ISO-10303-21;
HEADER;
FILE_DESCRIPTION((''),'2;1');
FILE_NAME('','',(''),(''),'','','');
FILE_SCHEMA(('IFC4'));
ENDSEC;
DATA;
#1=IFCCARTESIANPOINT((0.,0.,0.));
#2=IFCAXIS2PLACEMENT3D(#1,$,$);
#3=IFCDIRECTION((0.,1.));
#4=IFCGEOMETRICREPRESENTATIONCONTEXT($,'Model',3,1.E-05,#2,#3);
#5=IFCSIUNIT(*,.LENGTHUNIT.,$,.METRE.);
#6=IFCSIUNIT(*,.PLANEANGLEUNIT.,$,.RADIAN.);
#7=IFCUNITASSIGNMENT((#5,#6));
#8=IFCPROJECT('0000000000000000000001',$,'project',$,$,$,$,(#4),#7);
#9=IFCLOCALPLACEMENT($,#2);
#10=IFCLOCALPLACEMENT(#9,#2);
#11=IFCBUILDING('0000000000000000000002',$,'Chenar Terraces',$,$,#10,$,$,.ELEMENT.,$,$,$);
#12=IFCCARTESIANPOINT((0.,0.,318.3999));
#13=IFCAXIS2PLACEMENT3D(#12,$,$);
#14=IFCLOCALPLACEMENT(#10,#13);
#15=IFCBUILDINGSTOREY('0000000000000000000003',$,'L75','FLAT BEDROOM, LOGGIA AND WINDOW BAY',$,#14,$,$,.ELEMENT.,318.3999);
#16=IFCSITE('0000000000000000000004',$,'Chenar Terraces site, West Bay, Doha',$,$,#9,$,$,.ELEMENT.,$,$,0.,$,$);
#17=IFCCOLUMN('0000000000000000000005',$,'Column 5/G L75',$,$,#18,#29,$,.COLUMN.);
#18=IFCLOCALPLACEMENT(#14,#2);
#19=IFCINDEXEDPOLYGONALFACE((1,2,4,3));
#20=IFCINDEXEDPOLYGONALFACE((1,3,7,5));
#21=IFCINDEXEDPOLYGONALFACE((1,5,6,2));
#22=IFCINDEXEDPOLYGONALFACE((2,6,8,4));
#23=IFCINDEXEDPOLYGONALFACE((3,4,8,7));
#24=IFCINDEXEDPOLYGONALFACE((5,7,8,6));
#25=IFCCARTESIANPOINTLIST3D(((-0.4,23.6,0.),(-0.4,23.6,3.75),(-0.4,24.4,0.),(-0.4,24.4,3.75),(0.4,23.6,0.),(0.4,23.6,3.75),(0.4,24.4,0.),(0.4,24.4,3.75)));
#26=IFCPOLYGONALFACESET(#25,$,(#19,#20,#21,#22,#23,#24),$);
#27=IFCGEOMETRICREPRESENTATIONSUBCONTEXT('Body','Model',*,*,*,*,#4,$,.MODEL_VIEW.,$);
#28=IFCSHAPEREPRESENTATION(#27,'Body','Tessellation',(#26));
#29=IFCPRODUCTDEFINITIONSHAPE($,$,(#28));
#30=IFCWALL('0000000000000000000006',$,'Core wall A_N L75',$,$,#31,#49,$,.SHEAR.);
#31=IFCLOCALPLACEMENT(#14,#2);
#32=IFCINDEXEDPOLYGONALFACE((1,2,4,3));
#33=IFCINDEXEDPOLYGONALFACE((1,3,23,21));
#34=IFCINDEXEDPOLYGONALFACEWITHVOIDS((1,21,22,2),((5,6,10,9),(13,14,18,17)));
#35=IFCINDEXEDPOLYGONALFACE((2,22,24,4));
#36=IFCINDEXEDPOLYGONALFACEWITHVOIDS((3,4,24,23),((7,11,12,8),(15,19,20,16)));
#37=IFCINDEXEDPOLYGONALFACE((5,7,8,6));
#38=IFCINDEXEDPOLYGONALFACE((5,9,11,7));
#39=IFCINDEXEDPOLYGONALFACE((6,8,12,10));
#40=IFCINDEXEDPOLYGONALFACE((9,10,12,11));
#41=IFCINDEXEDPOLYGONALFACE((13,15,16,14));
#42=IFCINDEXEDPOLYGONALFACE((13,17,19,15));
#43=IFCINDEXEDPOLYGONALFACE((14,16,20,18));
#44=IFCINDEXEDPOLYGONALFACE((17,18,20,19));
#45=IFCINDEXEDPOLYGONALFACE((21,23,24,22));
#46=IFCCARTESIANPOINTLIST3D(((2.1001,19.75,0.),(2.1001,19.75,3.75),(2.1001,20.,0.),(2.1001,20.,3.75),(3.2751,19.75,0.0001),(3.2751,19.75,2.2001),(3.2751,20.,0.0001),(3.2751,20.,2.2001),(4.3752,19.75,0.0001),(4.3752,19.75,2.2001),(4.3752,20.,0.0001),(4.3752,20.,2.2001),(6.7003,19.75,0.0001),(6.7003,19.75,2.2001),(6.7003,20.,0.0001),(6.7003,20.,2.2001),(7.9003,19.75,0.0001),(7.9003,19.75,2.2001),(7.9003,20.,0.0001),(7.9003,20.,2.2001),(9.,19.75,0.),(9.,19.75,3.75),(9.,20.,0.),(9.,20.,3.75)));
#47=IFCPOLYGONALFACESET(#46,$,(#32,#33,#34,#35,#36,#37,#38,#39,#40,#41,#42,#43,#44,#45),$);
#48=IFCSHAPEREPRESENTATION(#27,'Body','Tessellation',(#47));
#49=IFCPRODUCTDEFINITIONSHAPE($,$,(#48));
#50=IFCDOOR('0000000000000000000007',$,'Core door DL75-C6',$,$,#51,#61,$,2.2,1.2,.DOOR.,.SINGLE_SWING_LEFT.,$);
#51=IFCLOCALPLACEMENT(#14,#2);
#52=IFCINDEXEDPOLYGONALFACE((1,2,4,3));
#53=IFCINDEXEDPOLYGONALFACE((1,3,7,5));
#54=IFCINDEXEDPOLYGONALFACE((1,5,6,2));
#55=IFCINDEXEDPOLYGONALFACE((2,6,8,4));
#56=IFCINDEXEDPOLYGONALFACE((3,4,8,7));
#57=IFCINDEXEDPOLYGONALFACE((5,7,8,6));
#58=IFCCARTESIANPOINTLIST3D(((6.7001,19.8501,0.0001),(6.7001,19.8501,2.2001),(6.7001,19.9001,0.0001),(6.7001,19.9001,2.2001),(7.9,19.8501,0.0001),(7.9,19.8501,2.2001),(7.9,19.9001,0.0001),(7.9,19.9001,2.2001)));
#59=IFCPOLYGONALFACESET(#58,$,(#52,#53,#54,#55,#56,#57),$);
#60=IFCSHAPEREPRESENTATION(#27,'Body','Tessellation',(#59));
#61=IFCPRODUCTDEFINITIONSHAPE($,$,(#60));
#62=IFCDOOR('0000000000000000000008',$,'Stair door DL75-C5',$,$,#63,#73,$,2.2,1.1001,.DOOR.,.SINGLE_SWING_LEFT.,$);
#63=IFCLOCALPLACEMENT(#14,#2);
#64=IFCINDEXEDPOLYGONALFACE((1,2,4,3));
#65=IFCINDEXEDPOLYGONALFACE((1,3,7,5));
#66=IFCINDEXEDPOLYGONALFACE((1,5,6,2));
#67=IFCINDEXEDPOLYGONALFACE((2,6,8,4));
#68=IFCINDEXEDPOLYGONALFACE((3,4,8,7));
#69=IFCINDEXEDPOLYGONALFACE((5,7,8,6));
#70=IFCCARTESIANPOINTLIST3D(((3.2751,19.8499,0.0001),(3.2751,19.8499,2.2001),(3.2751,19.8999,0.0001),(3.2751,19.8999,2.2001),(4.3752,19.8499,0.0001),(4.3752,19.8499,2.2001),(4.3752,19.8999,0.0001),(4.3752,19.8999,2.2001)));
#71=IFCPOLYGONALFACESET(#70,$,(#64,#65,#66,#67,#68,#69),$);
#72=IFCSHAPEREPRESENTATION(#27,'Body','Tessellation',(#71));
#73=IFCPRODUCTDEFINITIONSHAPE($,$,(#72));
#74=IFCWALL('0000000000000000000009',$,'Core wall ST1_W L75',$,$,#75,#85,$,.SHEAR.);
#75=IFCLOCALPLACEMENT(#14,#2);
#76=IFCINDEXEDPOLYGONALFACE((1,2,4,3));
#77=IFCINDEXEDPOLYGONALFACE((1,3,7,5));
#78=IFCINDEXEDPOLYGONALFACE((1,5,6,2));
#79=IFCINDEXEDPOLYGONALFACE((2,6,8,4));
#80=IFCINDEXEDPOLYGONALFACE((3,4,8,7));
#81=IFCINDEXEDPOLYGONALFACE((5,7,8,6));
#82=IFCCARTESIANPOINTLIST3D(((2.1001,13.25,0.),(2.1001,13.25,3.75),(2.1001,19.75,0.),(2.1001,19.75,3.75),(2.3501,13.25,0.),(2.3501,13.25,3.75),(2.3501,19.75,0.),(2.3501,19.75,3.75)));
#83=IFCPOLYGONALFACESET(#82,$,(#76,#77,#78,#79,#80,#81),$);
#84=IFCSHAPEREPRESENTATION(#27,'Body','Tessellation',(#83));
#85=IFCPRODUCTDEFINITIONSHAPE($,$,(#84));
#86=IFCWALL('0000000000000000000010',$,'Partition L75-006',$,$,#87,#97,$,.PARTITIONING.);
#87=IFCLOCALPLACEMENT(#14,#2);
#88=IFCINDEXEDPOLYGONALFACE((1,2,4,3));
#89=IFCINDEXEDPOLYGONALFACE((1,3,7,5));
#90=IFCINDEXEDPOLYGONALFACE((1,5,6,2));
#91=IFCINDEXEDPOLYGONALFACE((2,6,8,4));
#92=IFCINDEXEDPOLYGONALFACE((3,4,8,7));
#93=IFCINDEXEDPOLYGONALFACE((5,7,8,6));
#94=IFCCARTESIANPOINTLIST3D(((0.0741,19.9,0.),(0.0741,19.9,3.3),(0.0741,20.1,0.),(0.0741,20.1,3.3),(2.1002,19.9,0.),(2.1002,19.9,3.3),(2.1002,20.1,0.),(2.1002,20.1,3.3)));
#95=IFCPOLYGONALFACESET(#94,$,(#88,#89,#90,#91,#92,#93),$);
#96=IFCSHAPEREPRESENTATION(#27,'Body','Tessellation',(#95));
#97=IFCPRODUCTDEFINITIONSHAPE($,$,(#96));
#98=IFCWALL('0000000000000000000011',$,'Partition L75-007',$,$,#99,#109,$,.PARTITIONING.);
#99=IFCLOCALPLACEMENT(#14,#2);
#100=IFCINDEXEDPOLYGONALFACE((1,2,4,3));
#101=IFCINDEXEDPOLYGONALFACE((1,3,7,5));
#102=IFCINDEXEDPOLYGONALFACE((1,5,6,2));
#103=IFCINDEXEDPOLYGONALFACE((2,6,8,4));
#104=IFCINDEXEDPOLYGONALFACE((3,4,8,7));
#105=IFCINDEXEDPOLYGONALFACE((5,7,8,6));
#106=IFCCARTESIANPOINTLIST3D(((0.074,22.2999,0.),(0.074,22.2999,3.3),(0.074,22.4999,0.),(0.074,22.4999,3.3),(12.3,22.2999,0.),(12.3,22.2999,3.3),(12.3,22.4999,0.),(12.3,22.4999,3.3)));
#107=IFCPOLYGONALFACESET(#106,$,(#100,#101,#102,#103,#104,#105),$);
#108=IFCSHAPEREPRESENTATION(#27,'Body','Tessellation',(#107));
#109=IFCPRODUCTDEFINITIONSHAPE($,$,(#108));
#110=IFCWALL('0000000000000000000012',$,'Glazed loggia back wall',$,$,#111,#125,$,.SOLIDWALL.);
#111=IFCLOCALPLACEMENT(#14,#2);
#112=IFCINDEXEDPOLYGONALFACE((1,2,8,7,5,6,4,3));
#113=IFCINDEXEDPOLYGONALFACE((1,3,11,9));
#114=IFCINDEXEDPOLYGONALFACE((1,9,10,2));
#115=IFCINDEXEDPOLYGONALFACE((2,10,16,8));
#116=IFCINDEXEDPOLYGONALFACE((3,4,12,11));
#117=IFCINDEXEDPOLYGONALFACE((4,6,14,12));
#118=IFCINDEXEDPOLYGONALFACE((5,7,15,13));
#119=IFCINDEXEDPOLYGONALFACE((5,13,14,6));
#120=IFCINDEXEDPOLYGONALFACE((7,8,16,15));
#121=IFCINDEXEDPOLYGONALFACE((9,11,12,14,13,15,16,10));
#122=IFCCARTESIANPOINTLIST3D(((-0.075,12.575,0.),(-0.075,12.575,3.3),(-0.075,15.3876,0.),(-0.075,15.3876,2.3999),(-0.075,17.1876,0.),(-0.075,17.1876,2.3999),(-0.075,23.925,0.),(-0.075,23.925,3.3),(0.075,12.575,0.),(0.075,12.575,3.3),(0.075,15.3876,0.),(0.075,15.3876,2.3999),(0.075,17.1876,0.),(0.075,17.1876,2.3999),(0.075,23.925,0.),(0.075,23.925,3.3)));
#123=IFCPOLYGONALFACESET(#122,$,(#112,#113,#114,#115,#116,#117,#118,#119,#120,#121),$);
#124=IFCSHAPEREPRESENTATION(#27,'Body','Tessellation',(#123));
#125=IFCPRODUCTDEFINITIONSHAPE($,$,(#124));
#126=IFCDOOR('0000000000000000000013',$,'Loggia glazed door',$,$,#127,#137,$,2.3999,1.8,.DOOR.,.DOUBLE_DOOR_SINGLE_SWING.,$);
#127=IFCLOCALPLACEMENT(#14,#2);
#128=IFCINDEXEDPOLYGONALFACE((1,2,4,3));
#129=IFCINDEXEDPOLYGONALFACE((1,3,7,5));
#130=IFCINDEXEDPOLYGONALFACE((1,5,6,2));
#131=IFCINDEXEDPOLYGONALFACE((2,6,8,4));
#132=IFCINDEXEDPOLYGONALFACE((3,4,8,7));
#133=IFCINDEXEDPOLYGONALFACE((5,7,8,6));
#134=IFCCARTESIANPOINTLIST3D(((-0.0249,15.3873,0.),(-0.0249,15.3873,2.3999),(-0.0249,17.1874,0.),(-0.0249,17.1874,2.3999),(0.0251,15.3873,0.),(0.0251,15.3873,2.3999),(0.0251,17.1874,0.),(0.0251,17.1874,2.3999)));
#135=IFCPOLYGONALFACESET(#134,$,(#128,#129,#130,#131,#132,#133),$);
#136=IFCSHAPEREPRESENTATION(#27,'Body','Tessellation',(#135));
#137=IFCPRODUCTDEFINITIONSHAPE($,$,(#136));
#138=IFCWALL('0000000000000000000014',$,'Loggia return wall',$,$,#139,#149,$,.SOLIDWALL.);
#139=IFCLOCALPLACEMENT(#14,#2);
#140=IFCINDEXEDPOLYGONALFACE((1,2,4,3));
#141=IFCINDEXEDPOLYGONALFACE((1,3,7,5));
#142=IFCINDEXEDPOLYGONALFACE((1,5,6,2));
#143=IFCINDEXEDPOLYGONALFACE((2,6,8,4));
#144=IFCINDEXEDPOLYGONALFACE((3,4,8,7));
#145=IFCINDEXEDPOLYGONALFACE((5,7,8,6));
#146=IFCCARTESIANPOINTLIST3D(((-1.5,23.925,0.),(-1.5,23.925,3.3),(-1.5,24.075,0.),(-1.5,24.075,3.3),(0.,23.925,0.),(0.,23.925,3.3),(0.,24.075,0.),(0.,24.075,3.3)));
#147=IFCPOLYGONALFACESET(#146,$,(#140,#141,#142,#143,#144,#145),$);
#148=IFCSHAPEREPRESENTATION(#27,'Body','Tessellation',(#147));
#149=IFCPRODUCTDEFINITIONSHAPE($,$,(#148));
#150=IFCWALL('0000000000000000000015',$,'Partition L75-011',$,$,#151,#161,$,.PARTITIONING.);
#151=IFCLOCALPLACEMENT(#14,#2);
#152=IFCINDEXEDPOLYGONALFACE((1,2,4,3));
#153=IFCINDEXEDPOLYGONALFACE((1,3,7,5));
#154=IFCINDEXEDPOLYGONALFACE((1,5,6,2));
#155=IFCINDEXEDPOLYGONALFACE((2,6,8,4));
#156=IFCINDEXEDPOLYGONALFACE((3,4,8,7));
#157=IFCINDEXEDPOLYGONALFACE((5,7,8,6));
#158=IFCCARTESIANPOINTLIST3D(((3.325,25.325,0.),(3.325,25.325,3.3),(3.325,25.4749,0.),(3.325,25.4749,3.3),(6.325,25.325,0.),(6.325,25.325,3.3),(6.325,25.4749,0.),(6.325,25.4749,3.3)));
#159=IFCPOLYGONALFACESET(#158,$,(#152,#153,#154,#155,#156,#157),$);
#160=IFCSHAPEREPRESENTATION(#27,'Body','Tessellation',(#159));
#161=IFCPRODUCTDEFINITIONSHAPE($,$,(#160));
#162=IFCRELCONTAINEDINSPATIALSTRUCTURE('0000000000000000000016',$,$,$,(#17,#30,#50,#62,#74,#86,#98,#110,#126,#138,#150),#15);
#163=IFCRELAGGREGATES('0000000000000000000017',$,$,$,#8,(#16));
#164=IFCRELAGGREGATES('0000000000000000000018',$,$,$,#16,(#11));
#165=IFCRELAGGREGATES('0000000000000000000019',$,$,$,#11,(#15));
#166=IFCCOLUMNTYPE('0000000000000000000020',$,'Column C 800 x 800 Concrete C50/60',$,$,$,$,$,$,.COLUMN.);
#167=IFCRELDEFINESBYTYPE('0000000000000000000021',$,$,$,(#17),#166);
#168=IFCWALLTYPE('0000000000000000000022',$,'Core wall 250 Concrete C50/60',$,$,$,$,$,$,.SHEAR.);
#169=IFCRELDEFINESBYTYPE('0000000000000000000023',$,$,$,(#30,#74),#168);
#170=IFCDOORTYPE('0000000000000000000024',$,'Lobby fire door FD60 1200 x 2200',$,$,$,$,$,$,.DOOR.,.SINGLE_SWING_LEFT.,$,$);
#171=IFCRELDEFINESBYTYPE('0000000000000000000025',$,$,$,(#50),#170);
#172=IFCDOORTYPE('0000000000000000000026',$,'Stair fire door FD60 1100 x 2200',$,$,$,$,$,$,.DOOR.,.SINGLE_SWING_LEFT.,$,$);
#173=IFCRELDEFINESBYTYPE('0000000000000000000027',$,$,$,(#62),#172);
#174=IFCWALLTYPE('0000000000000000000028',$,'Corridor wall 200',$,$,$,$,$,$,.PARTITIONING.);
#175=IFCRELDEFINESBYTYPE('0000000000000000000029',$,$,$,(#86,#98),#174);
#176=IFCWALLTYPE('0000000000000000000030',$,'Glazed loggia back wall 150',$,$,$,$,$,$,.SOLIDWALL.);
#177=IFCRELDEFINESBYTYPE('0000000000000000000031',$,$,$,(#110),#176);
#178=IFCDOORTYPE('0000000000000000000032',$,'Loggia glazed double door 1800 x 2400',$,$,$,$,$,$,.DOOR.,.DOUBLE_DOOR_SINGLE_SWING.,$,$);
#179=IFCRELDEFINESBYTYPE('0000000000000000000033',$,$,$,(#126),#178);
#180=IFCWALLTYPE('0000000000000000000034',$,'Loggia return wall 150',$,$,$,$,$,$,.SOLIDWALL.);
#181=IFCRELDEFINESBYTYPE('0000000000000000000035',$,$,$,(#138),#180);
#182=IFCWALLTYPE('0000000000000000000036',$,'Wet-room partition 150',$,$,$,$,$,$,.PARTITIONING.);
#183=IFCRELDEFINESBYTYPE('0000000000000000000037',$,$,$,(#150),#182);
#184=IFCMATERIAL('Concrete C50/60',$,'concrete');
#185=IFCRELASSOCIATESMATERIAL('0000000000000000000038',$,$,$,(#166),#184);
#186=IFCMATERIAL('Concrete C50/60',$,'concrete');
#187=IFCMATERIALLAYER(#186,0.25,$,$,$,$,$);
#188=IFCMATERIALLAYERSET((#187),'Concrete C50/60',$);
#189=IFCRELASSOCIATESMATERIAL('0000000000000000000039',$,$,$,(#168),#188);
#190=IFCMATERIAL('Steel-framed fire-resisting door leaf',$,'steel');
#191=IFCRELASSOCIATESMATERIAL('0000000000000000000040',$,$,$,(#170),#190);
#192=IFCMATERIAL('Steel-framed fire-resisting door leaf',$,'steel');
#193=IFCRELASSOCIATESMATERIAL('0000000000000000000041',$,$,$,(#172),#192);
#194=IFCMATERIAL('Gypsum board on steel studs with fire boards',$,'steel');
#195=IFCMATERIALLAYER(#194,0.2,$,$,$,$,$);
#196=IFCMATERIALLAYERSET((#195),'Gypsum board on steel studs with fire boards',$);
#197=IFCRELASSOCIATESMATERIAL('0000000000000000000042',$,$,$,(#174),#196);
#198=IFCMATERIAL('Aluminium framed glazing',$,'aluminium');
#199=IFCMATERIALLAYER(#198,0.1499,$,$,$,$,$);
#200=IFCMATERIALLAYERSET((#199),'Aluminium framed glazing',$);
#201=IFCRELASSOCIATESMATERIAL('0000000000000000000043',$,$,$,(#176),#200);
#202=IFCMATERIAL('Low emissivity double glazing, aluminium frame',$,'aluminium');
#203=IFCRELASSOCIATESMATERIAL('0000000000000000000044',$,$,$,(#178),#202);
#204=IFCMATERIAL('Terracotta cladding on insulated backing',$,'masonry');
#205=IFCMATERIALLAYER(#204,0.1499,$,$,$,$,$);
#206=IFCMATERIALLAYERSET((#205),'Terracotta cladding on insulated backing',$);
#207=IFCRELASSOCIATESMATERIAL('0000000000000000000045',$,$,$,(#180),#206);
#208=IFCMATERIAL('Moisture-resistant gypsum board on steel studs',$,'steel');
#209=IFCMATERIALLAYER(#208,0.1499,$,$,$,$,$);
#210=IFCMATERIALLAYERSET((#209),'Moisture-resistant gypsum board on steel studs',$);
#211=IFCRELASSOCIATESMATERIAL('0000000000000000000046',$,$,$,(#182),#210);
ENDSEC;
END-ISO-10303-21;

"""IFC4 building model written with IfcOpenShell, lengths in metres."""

from ifc_helpers import new_model, si_unit, direction, frame, frame_2d, origin, origin_2d, place, context, subcontext, project, spatial, rectangle, extrude, material, layer, layer_set, material_profile, profile_set, type_object, element, fill, save


model = new_model("IFC4")

# Units and contexts
model_context = context("Model", 3, precision=1e-05, world=origin(), true_north=direction((0.0, 1.0)))
body_context = subcontext(model_context, "Body", "Model", "MODEL_VIEW")
ifc_project = project(units=[si_unit("LENGTHUNIT", "METRE"), si_unit("PLANEANGLEUNIT", "RADIAN")], contexts=[model_context])

# Site, building, storey
site_placement = place(None, origin())
site = spatial("IfcSite", under=ifc_project, at=site_placement, Name="Chenar Terraces site, West Bay, Doha", CompositionType="ELEMENT", RefElevation=0.0)
building_placement = place(site_placement, origin())
building = spatial("IfcBuilding", under=site, at=building_placement, Name="Chenar Terraces", CompositionType="ELEMENT")
storey_placement = place(building_placement, frame((0.0, 0.0, 318.3999)))
storey = spatial("IfcBuildingStorey", under=building, at=storey_placement, Name="L75", Description="FLAT BEDROOM, LOGGIA AND WINDOW BAY", CompositionType="ELEMENT", Elevation=318.3999)

# Column
ifc_material_1 = material(Name="Concrete C50/60", Category="concrete")
ifc_material_profile = material_profile(ifc_material_1, rectangle(XDim=0.8, YDim=0.8, at=origin_2d()), Name="C 800 x 800")
ifc_profile_set = profile_set([ifc_material_profile], Name="Concrete C50/60")
column_type = type_object("IfcColumnType", Name="Column C 800 x 800 Concrete C50/60", PredefinedType="COLUMN", material=ifc_profile_set)
column_placement = place(storey_placement, frame((0.0, 24.0, 0.0), z_axis=(0.0, 0.0, 1.0), x_axis=(1.0, 0.0, 0.0)))
element("IfcColumn", 1, at=column_placement, inside=storey, type_object=column_type, Name="Column 5/G L75", PredefinedType="COLUMN", context=body_context, shape_type="SweptSolid", body=[
    extrude(rectangle(XDim=0.8, YDim=0.8, at=origin_2d()), origin(), (0.0, 0.0, 1.0), 3.75),
])

# Wall, openings, doors
ifc_material_2 = material(Name="Concrete C50/60", Category="concrete")
ifc_layer_1 = layer(ifc_material_2, 0.25)
ifc_layer_set_1 = layer_set([ifc_layer_1], Name="Concrete C50/60")
wall_type_1 = type_object("IfcWallType", Name="Core wall 250 Concrete C50/60", PredefinedType="SHEAR", material=ifc_layer_set_1)
wall_1_placement = place(storey_placement, frame((2.1001, 19.875, 0.0), z_axis=(0.0, 0.0, 1.0), x_axis=(1.0, 0.0, 0.0)))
wall_1 = element("IfcWall", 2, at=wall_1_placement, inside=storey, type_object=wall_type_1, Name="Core wall A_N L75", PredefinedType="SHEAR", context=body_context, shape_type="SweptSolid", body=[
    extrude(rectangle(XDim=6.8999, YDim=0.25, at=frame_2d((3.45, 0.0))), origin(), (0.0, 0.0, 1.0), 3.75),
])
opening_1_placement = place(wall_1_placement, frame((1.175, 0.0, 0.0)))
opening_1 = element("IfcOpeningElement", 3, at=opening_1_placement, cuts=wall_1, PredefinedType="OPENING", context=body_context, shape_type="SweptSolid", body=[
    extrude(rectangle(XDim=1.1001, YDim=2.2, at=frame_2d((0.55, 1.1001))), frame((0.0, 0.135, 0.0), z_axis=(0.0, -1.0, 0.0), x_axis=(1.0, 0.0, 0.0)), (0.0, 0.0, 1.0), 0.27),
])
opening_2_placement = place(wall_1_placement, frame((4.6001, 0.0, 0.0)))
opening_2 = element("IfcOpeningElement", 4, at=opening_2_placement, cuts=wall_1, PredefinedType="OPENING", context=body_context, shape_type="SweptSolid", body=[
    extrude(rectangle(XDim=1.2, YDim=2.2, at=frame_2d((0.6001, 1.1001))), frame((0.0, 0.135, 0.0), z_axis=(0.0, -1.0, 0.0), x_axis=(1.0, 0.0, 0.0)), (0.0, 0.0, 1.0), 0.27),
])
ifc_material_3 = material(Name="Steel-framed fire-resisting door leaf", Category="steel")
door_type_1 = type_object("IfcDoorType", Name="Lobby fire door FD60 1200 x 2200", OperationType="SINGLE_SWING_LEFT", PredefinedType="DOOR", material=ifc_material_3)
door_1_placement = place(opening_2_placement, frame((1.2, 0.0, 0.0), z_axis=(0.0, 0.0, 1.0), x_axis=(-1.0, 0.0, 0.0)))
door_1 = element("IfcDoor", 5, at=door_1_placement, inside=storey, type_object=door_type_1, Name="Core door DL75-C6", OperationType="SINGLE_SWING_LEFT", OverallHeight=2.2, OverallWidth=1.2, PredefinedType="DOOR", context=body_context, shape_type="SweptSolid", body=[
    extrude(rectangle(XDim=1.2, YDim=2.2, at=frame_2d((0.6001, 1.1001))), frame((0.0, 0.0249, 0.0), z_axis=(0.0, -1.0, 0.0), x_axis=(1.0, 0.0, 0.0)), (0.0, 0.0, 1.0), 0.05),
])
fill(opening_2, door_1)
ifc_material_4 = material(Name="Steel-framed fire-resisting door leaf", Category="steel")
door_type_2 = type_object("IfcDoorType", Name="Stair fire door FD60 1100 x 2200", OperationType="SINGLE_SWING_LEFT", PredefinedType="DOOR", material=ifc_material_4)
door_2_placement = place(opening_1_placement, origin())
door_2 = element("IfcDoor", 6, at=door_2_placement, inside=storey, type_object=door_type_2, Name="Stair door DL75-C5", OperationType="SINGLE_SWING_LEFT", OverallHeight=2.2, OverallWidth=1.1001, PredefinedType="DOOR", context=body_context, shape_type="SweptSolid", body=[
    extrude(rectangle(XDim=1.1001, YDim=2.2, at=frame_2d((0.55, 1.1001))), frame((0.0, 0.0249, 0.0), z_axis=(0.0, -1.0, 0.0), x_axis=(1.0, 0.0, 0.0)), (0.0, 0.0, 1.0), 0.05),
])
fill(opening_1, door_2)

# Walls
wall_2_placement = place(storey_placement, frame((2.2251, 13.25, 0.0), z_axis=(0.0, 0.0, 1.0), x_axis=(0.0, 1.0, 0.0)))
element("IfcWall", 7, at=wall_2_placement, inside=storey, type_object=wall_type_1, Name="Core wall ST1_W L75", PredefinedType="SHEAR", context=body_context, shape_type="SweptSolid", body=[
    extrude(rectangle(XDim=6.5, YDim=0.25, at=frame_2d((3.25, 0.0))), origin(), (0.0, 0.0, 1.0), 3.75),
])
ifc_material_5 = material(Name="Gypsum board on steel studs with fire boards", Category="steel")
ifc_layer_2 = layer(ifc_material_5, 0.2)
ifc_layer_set_2 = layer_set([ifc_layer_2], Name="Gypsum board on steel studs with fire boards")
wall_type_2 = type_object("IfcWallType", Name="Corridor wall 200", PredefinedType="PARTITIONING", material=ifc_layer_set_2)
wall_3_placement = place(storey_placement, frame((0.074, 20.0, 0.0), z_axis=(0.0, 0.0, 1.0), x_axis=(1.0, 0.0, 0.0)))
element("IfcWall", 8, at=wall_3_placement, inside=storey, type_object=wall_type_2, Name="Partition L75-006", PredefinedType="PARTITIONING", context=body_context, shape_type="SweptSolid", body=[
    extrude(rectangle(XDim=2.0261, YDim=0.2, at=frame_2d((1.0132, 0.0))), origin(), (0.0, 0.0, 1.0), 3.3),
])
wall_4_placement = place(storey_placement, frame((0.074, 22.3999, 0.0), z_axis=(0.0, 0.0, 1.0), x_axis=(1.0, 0.0, 0.0)))
element("IfcWall", 9, at=wall_4_placement, inside=storey, type_object=wall_type_2, Name="Partition L75-007", PredefinedType="PARTITIONING", context=body_context, shape_type="SweptSolid", body=[
    extrude(rectangle(XDim=12.2261, YDim=0.2, at=frame_2d((6.113, 0.0))), origin(), (0.0, 0.0, 1.0), 3.3),
])

# Wall, opening, door
ifc_material_6 = material(Name="Aluminium framed glazing", Category="aluminium")
ifc_layer_3 = layer(ifc_material_6, 0.1499)
ifc_layer_set_3 = layer_set([ifc_layer_3], Name="Aluminium framed glazing")
wall_type_3 = type_object("IfcWallType", Name="Glazed loggia back wall 150", PredefinedType="SOLIDWALL", material=ifc_layer_set_3)
wall_5_placement = place(storey_placement, frame((0.0, 23.925, 0.0), z_axis=(0.0, 0.0, 1.0), x_axis=(0.0, -1.0, 0.0)))
wall_5 = element("IfcWall", 10, at=wall_5_placement, inside=storey, type_object=wall_type_3, Name="Glazed loggia back wall", PredefinedType="SOLIDWALL", context=body_context, shape_type="SweptSolid", body=[
    extrude(rectangle(XDim=11.3501, YDim=0.1499, at=frame_2d((5.675, 0.0))), origin(), (0.0, 0.0, 1.0), 3.3),
])
opening_3_placement = place(wall_5_placement, frame((6.7375, 0.0, 0.0)))
opening_3 = element("IfcOpeningElement", 11, at=opening_3_placement, cuts=wall_5, PredefinedType="OPENING", context=body_context, shape_type="SweptSolid", body=[
    extrude(rectangle(XDim=1.8, YDim=2.3999, at=frame_2d((0.8999, 1.2))), frame((0.0, 0.085, 0.0), z_axis=(0.0, -1.0, 0.0), x_axis=(1.0, 0.0, 0.0)), (0.0, 0.0, 1.0), 0.1699),
])
ifc_material_7 = material(Name="Low emissivity double glazing, aluminium frame", Category="aluminium")
door_type_3 = type_object("IfcDoorType", Name="Loggia glazed double door 1800 x 2400", OperationType="DOUBLE_DOOR_SINGLE_SWING", PredefinedType="DOOR", material=ifc_material_7)
door_3_placement = place(opening_3_placement, frame((1.8, 0.0, 0.0), z_axis=(0.0, 0.0, 1.0), x_axis=(-1.0, 0.0, 0.0)))
door_3 = element("IfcDoor", 12, at=door_3_placement, inside=storey, type_object=door_type_3, Name="Loggia glazed door", OperationType="DOUBLE_DOOR_SINGLE_SWING", OverallHeight=2.3999, OverallWidth=1.8, PredefinedType="DOOR", context=body_context, shape_type="SweptSolid", body=[
    extrude(rectangle(XDim=1.8, YDim=2.3999, at=frame_2d((0.8999, 1.2))), frame((0.0, 0.0249, 0.0), z_axis=(0.0, -1.0, 0.0), x_axis=(1.0, 0.0, 0.0)), (0.0, 0.0, 1.0), 0.05),
])
fill(opening_3, door_3)

# Walls
ifc_material_8 = material(Name="Terracotta cladding on insulated backing", Category="masonry")
ifc_layer_4 = layer(ifc_material_8, 0.1499)
ifc_layer_set_4 = layer_set([ifc_layer_4], Name="Terracotta cladding on insulated backing")
wall_type_4 = type_object("IfcWallType", Name="Loggia return wall 150", PredefinedType="SOLIDWALL", material=ifc_layer_set_4)
wall_6_placement = place(storey_placement, frame((-1.5, 24.0, 0.0), z_axis=(0.0, 0.0, 1.0), x_axis=(1.0, 0.0, 0.0)))
element("IfcWall", 13, at=wall_6_placement, inside=storey, type_object=wall_type_4, Name="Loggia return wall", PredefinedType="SOLIDWALL", context=body_context, shape_type="SweptSolid", body=[
    extrude(rectangle(XDim=1.5, YDim=0.1499, at=frame_2d((0.75, 0.0))), origin(), (0.0, 0.0, 1.0), 3.3),
])
ifc_material_9 = material(Name="Moisture-resistant gypsum board on steel studs", Category="steel")
ifc_layer_5 = layer(ifc_material_9, 0.1499)
ifc_layer_set_5 = layer_set([ifc_layer_5], Name="Moisture-resistant gypsum board on steel studs")
wall_type_5 = type_object("IfcWallType", Name="Wet-room partition 150", PredefinedType="PARTITIONING", material=ifc_layer_set_5)
wall_7_placement = place(storey_placement, frame((3.325, 25.3999, 0.0), z_axis=(0.0, 0.0, 1.0), x_axis=(1.0, 0.0, 0.0)))
element("IfcWall", 14, at=wall_7_placement, inside=storey, type_object=wall_type_5, Name="Partition L75-011", PredefinedType="PARTITIONING", context=body_context, shape_type="SweptSolid", body=[
    extrude(rectangle(XDim=3.0, YDim=0.1499, at=frame_2d((1.5, 0.0))), origin(), (0.0, 0.0, 1.0), 3.3),
])

save(model, "model.ifc")
